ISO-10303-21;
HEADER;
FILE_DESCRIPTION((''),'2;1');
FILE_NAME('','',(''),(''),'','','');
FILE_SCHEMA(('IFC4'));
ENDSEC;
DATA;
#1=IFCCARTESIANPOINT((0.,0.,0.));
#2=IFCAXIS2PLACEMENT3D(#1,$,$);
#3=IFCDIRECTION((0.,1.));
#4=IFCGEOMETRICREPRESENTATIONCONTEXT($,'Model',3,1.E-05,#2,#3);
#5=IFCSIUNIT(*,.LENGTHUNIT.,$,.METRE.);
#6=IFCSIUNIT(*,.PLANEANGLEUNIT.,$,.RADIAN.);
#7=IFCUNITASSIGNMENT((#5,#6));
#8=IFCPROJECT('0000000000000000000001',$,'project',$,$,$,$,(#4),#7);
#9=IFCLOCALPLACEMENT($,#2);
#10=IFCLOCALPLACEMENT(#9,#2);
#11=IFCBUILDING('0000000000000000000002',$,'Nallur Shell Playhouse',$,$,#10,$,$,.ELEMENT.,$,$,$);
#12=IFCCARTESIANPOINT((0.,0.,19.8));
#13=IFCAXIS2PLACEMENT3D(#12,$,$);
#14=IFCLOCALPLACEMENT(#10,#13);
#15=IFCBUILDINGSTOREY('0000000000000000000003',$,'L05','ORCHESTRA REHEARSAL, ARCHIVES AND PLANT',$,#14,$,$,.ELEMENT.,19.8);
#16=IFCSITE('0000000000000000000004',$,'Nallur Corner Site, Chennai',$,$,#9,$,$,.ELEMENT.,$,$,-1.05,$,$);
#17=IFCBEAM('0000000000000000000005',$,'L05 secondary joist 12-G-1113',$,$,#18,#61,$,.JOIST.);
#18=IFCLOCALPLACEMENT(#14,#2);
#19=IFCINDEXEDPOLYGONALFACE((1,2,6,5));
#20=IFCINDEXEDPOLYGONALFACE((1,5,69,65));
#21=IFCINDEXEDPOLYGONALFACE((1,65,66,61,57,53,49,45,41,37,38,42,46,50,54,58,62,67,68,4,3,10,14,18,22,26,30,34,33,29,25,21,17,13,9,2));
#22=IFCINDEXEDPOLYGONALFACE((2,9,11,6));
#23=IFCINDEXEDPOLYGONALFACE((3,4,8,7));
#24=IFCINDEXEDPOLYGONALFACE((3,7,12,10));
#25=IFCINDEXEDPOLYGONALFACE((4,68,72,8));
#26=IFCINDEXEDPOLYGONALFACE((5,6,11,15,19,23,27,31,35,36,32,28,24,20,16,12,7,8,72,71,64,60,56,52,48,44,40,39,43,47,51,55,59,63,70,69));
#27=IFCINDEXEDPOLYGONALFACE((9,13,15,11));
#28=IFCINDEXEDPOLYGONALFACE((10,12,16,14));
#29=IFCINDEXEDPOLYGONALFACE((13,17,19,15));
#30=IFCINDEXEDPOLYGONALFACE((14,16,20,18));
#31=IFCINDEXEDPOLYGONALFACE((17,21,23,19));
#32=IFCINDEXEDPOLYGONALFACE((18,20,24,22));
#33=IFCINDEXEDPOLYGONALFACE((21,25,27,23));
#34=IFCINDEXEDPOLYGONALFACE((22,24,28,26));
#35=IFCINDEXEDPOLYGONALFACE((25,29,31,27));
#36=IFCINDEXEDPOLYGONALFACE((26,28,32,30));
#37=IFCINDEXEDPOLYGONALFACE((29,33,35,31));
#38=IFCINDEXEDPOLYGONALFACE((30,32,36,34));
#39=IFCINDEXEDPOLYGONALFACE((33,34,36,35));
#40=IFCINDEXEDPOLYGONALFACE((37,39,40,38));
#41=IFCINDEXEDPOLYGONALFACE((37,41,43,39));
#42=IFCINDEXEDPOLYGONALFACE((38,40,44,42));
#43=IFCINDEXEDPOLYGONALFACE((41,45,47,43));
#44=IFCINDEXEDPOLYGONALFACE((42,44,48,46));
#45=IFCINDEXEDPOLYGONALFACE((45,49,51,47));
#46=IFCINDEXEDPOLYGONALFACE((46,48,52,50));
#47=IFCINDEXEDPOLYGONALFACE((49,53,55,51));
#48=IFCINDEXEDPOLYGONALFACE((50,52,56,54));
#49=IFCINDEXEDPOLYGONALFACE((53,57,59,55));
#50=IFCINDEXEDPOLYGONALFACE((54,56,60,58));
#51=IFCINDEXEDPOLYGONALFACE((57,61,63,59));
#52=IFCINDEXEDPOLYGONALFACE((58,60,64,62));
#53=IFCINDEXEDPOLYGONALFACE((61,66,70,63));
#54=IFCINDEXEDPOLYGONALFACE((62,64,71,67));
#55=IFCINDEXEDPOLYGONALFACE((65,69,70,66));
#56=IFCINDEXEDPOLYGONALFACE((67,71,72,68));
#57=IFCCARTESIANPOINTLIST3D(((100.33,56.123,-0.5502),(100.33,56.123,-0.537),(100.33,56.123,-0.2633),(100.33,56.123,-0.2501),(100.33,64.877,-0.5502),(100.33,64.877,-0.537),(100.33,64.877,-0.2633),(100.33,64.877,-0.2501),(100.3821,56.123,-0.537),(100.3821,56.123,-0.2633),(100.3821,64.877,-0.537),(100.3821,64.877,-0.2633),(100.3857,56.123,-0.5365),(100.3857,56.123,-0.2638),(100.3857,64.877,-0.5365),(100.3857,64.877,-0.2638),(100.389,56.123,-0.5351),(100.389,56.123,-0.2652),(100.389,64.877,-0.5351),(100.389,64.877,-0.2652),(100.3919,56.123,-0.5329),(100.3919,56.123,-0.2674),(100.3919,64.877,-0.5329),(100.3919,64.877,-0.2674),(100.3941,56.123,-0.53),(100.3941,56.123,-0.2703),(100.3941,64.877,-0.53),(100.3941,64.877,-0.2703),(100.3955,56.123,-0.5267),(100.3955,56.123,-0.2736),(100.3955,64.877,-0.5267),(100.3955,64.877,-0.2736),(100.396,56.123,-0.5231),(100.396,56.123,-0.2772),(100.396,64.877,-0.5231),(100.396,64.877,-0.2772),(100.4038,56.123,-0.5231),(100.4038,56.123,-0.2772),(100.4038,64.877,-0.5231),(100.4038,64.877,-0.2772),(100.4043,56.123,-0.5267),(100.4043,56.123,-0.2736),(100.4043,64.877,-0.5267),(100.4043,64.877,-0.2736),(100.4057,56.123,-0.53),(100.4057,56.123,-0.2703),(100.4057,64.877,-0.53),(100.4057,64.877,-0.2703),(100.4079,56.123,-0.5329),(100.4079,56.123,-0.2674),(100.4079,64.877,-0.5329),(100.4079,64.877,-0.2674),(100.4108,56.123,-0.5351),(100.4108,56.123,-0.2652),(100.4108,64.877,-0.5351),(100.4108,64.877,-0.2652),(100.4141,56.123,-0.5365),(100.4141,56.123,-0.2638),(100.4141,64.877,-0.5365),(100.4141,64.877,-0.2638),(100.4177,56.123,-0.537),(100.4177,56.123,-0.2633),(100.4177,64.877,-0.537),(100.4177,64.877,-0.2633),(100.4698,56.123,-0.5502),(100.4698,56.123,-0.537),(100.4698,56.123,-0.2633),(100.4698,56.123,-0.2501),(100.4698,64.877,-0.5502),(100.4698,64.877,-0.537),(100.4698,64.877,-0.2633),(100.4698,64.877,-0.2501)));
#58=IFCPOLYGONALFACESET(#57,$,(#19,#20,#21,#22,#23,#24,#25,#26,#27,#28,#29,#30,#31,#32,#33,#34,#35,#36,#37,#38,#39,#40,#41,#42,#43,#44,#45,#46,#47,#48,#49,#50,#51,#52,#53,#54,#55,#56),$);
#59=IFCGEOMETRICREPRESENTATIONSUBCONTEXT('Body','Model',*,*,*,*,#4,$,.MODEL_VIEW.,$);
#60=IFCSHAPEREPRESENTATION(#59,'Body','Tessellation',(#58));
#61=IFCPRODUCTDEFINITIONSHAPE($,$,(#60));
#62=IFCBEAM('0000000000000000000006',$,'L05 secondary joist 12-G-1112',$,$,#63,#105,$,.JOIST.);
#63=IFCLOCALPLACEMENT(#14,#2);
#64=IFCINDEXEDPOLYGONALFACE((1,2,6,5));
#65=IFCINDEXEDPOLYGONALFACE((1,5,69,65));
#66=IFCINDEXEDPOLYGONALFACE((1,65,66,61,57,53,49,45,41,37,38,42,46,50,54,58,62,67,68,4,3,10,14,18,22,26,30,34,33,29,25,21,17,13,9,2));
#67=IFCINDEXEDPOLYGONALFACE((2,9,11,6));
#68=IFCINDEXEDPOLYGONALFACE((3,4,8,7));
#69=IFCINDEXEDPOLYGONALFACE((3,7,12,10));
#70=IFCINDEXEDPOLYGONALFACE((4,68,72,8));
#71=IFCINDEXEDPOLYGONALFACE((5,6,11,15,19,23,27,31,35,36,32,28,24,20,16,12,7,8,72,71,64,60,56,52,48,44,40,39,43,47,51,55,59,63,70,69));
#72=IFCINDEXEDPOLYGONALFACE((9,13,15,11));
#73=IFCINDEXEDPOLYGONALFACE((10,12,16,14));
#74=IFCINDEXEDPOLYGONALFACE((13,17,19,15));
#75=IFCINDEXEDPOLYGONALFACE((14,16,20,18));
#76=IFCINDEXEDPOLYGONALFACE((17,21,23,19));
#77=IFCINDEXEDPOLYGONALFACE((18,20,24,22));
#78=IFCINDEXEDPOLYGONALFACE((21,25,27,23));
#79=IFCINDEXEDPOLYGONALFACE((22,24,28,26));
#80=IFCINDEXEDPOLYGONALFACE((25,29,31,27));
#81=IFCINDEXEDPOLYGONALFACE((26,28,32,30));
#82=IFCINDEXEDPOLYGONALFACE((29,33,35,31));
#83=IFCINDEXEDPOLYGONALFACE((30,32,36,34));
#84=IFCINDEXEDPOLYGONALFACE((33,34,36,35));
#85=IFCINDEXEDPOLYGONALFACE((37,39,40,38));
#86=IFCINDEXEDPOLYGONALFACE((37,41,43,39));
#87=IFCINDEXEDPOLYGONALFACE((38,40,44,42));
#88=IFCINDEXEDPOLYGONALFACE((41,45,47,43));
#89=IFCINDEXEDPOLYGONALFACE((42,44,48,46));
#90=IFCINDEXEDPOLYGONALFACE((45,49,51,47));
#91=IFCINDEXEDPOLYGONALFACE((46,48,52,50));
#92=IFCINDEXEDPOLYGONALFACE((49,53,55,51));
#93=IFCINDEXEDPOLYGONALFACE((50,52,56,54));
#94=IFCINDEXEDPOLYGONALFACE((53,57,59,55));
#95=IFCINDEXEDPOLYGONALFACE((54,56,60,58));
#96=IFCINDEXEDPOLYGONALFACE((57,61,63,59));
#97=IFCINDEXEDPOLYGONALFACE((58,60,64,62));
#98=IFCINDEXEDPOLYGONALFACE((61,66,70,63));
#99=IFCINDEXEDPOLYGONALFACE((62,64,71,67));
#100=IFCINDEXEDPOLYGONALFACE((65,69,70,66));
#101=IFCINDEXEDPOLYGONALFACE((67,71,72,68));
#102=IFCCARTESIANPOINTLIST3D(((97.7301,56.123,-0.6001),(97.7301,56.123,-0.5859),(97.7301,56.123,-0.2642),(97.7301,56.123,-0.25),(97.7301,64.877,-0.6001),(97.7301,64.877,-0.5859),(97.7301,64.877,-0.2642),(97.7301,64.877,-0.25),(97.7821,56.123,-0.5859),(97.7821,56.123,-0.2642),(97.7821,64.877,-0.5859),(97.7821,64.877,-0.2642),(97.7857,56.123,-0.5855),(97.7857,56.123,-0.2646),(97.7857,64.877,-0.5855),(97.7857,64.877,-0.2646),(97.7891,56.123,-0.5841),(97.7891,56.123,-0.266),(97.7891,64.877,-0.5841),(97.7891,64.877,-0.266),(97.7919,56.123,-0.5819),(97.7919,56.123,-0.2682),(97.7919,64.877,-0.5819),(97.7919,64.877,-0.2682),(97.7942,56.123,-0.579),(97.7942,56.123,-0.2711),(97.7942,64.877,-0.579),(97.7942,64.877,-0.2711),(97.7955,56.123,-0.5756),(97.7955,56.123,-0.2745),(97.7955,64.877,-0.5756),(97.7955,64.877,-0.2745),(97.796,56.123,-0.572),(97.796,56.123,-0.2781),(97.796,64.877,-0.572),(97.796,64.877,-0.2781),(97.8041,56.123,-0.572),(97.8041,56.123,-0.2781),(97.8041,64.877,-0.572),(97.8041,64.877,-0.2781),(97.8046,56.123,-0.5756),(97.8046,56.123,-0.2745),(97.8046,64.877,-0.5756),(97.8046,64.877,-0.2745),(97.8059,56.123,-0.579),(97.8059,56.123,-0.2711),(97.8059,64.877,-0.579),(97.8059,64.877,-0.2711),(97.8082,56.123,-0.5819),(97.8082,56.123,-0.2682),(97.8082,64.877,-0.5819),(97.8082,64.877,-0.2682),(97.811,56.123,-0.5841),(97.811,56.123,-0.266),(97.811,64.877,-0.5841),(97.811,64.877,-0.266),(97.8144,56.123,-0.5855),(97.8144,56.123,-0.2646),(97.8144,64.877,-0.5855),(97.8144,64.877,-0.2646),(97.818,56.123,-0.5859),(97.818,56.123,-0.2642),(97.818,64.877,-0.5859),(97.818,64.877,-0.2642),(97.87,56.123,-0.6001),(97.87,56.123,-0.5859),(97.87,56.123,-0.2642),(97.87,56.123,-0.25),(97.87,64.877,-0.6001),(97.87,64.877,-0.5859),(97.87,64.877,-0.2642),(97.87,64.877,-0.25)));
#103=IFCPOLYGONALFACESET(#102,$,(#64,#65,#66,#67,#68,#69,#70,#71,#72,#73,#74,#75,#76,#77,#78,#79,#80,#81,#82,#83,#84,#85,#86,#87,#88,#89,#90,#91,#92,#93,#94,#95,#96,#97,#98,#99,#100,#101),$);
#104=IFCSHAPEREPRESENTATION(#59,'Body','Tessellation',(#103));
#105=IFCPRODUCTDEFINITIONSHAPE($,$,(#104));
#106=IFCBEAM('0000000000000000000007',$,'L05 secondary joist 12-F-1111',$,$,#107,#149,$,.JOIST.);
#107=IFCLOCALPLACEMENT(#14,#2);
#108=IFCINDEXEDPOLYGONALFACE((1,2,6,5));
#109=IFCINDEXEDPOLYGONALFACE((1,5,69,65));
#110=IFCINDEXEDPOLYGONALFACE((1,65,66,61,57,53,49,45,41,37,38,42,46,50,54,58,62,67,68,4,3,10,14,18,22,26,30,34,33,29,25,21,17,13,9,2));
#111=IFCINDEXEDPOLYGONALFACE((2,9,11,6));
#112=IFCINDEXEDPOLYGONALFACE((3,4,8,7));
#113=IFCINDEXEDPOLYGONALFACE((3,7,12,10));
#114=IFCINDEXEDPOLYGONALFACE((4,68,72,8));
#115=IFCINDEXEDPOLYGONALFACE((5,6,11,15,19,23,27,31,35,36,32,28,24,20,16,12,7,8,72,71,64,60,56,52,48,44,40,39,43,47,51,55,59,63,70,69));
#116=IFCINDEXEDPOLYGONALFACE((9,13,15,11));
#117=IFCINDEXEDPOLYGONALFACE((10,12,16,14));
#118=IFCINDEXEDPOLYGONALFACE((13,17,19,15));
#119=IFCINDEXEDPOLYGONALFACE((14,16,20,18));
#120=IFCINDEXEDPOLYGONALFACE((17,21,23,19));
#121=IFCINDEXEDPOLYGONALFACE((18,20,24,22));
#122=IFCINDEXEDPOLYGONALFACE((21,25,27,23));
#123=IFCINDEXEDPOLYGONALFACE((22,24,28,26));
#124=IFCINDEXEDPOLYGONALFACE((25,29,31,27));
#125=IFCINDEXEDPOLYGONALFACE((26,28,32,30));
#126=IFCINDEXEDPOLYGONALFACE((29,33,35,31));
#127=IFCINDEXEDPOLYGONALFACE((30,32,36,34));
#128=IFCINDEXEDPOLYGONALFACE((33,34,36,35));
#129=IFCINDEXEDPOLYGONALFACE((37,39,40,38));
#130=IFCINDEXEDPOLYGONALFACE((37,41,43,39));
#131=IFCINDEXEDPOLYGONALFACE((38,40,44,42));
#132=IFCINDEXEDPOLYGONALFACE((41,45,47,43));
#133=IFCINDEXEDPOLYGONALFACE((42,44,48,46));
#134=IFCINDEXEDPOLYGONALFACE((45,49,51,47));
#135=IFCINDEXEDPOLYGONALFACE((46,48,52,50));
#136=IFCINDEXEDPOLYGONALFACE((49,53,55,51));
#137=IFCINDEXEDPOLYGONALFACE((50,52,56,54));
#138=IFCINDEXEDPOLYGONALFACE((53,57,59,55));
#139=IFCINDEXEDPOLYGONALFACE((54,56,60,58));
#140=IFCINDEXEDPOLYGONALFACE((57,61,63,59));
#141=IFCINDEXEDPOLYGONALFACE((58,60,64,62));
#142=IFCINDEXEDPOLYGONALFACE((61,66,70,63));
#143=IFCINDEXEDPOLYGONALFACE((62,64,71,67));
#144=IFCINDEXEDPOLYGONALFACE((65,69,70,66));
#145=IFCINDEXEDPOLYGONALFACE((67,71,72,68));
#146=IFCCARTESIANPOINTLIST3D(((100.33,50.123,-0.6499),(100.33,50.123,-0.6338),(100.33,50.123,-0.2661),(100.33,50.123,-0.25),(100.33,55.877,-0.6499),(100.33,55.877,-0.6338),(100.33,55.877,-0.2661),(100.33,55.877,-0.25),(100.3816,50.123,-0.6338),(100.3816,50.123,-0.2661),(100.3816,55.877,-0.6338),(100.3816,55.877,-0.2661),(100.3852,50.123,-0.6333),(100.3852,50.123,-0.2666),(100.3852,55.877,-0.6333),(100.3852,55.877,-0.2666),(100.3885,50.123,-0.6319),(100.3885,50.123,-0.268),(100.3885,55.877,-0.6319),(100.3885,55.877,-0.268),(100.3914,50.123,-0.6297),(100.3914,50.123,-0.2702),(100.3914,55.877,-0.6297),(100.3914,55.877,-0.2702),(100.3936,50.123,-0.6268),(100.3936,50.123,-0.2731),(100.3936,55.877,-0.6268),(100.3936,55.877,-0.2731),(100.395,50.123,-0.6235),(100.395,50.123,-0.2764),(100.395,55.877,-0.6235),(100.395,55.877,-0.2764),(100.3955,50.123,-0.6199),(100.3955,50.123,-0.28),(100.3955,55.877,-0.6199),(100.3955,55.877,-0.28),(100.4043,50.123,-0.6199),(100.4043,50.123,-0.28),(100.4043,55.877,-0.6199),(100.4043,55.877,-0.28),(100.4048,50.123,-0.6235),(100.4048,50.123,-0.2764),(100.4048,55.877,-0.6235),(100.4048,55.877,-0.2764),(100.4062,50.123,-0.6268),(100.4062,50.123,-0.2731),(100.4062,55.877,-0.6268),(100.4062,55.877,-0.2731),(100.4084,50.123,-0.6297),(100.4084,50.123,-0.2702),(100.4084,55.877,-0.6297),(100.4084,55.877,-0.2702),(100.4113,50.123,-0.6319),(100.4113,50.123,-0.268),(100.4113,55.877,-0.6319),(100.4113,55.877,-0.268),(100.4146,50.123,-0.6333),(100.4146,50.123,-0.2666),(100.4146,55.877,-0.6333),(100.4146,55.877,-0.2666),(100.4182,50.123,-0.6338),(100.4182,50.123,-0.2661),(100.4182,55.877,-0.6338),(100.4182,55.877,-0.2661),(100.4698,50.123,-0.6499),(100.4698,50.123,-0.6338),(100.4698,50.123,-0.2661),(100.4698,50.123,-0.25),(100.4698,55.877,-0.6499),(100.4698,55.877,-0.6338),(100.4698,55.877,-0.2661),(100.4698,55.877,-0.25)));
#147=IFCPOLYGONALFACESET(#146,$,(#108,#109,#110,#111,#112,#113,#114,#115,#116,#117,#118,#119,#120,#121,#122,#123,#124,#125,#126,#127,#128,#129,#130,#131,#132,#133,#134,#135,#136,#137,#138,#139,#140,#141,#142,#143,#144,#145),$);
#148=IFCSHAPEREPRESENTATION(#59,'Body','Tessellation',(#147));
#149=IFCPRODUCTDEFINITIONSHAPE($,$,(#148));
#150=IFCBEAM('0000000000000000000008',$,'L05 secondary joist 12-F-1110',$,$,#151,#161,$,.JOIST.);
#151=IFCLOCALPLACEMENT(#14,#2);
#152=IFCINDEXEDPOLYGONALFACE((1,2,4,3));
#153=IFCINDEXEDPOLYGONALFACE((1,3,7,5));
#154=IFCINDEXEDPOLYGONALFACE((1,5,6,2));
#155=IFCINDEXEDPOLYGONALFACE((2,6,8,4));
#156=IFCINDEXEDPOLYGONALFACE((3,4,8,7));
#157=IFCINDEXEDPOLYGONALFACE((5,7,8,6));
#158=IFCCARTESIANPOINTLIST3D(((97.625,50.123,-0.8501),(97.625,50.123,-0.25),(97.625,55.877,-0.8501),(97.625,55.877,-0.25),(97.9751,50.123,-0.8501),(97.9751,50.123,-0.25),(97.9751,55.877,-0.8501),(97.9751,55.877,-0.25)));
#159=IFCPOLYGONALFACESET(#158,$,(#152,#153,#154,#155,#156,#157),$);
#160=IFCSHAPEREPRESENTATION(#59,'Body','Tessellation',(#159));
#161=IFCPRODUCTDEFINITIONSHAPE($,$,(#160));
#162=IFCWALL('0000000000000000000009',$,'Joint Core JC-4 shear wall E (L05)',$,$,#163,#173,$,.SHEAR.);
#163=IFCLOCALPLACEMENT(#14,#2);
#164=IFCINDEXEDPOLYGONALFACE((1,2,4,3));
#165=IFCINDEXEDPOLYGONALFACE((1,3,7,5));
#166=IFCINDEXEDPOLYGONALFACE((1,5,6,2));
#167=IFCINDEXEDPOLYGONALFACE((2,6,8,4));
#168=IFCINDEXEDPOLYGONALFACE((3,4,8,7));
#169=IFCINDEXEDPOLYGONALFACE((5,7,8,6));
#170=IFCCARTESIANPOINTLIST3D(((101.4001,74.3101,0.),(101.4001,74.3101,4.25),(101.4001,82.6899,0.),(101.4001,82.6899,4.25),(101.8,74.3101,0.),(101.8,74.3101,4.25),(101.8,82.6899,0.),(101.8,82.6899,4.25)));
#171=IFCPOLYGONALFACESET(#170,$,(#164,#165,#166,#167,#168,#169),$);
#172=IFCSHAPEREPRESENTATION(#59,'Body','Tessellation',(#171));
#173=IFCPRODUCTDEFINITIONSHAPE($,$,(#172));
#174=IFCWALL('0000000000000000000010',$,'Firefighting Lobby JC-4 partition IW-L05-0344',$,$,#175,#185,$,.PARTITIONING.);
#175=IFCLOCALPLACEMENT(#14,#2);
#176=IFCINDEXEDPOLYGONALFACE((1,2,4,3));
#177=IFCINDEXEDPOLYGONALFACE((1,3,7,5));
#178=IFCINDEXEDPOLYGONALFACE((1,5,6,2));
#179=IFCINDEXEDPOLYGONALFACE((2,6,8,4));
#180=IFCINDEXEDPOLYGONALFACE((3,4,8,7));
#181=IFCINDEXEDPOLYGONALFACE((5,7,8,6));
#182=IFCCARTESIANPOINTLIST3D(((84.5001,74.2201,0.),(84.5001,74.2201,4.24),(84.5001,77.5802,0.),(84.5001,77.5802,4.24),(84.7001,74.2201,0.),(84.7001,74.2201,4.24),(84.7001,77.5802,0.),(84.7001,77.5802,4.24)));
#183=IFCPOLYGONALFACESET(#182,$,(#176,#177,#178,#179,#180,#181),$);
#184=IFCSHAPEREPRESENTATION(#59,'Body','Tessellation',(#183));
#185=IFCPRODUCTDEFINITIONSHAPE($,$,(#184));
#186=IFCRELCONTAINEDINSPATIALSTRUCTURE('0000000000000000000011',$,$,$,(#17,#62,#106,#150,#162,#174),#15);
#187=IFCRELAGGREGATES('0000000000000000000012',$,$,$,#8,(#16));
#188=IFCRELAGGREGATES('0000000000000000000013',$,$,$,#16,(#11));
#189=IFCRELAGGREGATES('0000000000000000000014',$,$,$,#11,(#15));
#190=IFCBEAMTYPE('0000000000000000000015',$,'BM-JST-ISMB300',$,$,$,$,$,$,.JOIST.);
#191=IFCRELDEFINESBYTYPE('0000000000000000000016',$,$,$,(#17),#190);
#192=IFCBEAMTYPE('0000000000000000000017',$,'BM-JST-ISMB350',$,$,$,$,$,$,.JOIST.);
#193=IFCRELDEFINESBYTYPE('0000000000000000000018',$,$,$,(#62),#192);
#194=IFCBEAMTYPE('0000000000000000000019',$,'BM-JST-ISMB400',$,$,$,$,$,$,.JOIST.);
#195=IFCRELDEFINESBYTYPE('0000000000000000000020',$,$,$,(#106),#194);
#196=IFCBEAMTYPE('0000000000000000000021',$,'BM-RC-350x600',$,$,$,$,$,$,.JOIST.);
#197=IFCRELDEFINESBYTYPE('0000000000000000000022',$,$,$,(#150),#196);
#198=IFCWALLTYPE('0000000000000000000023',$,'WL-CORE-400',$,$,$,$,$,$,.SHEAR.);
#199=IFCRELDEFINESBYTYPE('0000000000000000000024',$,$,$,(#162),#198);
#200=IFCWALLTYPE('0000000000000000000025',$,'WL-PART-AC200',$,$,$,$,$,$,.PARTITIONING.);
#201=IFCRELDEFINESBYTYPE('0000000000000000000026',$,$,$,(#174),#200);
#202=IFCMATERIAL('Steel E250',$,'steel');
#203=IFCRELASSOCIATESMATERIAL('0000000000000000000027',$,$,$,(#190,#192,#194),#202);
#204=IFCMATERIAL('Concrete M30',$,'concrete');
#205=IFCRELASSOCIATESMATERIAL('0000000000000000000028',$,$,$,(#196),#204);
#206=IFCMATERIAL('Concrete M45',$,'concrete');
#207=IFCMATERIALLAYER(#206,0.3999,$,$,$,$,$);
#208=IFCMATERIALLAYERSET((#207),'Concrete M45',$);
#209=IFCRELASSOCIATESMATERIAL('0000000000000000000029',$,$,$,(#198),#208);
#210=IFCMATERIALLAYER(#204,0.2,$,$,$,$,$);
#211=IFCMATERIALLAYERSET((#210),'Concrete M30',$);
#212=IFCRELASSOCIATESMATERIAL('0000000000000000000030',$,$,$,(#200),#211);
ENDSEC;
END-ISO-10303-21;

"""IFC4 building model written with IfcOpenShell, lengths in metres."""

from ifc_helpers import new_model, si_unit, direction, frame, frame_2d, origin, origin_2d, place, context, subcontext, project, spatial, rectangle, i_section, extrude, material, layer, layer_set, material_profile, profile_set, type_object, element, save


model = new_model("IFC4")

# Units and contexts
model_context = context("Model", 3, precision=1e-05, world=origin(), true_north=direction((0.0, 1.0)))
body_context = subcontext(model_context, "Body", "Model", "MODEL_VIEW")
ifc_project = project(units=[si_unit("LENGTHUNIT", "METRE"), si_unit("PLANEANGLEUNIT", "RADIAN")], contexts=[model_context])

# Site, building, storey
site_placement = place(None, origin())
site = spatial("IfcSite", under=ifc_project, at=site_placement, Name="Nallur Corner Site, Chennai", CompositionType="ELEMENT", RefElevation=-1.05)
building_placement = place(site_placement, origin())
building = spatial("IfcBuilding", under=site, at=building_placement, Name="Nallur Shell Playhouse", CompositionType="ELEMENT")
storey_placement = place(building_placement, frame((0.0, 0.0, 19.8)))
storey = spatial("IfcBuildingStorey", under=building, at=storey_placement, Name="L05", Description="ORCHESTRA REHEARSAL, ARCHIVES AND PLANT", CompositionType="ELEMENT", Elevation=19.8)

# Beams
ifc_material_1 = material(Name="Steel E250", Category="steel")
ifc_material_profile_1 = material_profile(ifc_material_1, i_section(OverallWidth=0.1399, OverallDepth=0.3, WebThickness=0.0078, FlangeThickness=0.0132, FilletRadius=0.0139, at=origin_2d()), Name="ISMB 300")
ifc_profile_set_1 = profile_set([ifc_material_profile_1], Name="Steel E250")
beam_type_1 = type_object("IfcBeamType", Name="BM-JST-ISMB300", PredefinedType="JOIST", material=ifc_profile_set_1)
beam_1_placement = place(storey_placement, frame((100.3999, 56.123, -0.4001), z_axis=(0.0, 1.0, 0.0), x_axis=(-1.0, 0.0, 0.0)))
element("IfcBeam", 1, at=beam_1_placement, inside=storey, type_object=beam_type_1, Name="L05 secondary joist 12-G-1113", PredefinedType="JOIST", context=body_context, shape_type="SweptSolid", body=[
    extrude(i_section(OverallWidth=0.1399, OverallDepth=0.3, WebThickness=0.0078, FlangeThickness=0.0132, FilletRadius=0.0139, at=origin_2d()), origin(), (0.0, 0.0, 1.0), 8.7539),
])
ifc_material_profile_2 = material_profile(ifc_material_1, i_section(OverallWidth=0.1399, OverallDepth=0.3501, WebThickness=0.0081, FlangeThickness=0.0142, FilletRadius=0.0139, at=origin_2d()), Name="ISMB 350")
ifc_profile_set_2 = profile_set([ifc_material_profile_2], Name="Steel E250")
beam_type_2 = type_object("IfcBeamType", Name="BM-JST-ISMB350", PredefinedType="JOIST", material=ifc_profile_set_2)
beam_2_placement = place(storey_placement, frame((97.8, 56.123, -0.425), z_axis=(0.0, 1.0, 0.0), x_axis=(-1.0, 0.0, 0.0)))
element("IfcBeam", 2, at=beam_2_placement, inside=storey, type_object=beam_type_2, Name="L05 secondary joist 12-G-1112", PredefinedType="JOIST", context=body_context, shape_type="SweptSolid", body=[
    extrude(i_section(OverallWidth=0.1399, OverallDepth=0.3501, WebThickness=0.0081, FlangeThickness=0.0142, FilletRadius=0.0139, at=origin_2d()), origin(), (0.0, 0.0, 1.0), 8.7539),
])
ifc_material_profile_3 = material_profile(ifc_material_1, i_section(OverallWidth=0.1399, OverallDepth=0.3999, WebThickness=0.0088, FlangeThickness=0.0161, FilletRadius=0.0139, at=origin_2d()), Name="ISMB 400")
ifc_profile_set_3 = profile_set([ifc_material_profile_3], Name="Steel E250")
beam_type_3 = type_object("IfcBeamType", Name="BM-JST-ISMB400", PredefinedType="JOIST", material=ifc_profile_set_3)
beam_3_placement = place(storey_placement, frame((100.3999, 50.123, -0.45), z_axis=(0.0, 1.0, 0.0), x_axis=(-1.0, 0.0, 0.0)))
element("IfcBeam", 3, at=beam_3_placement, inside=storey, type_object=beam_type_3, Name="L05 secondary joist 12-F-1111", PredefinedType="JOIST", context=body_context, shape_type="SweptSolid", body=[
    extrude(i_section(OverallWidth=0.1399, OverallDepth=0.3999, WebThickness=0.0088, FlangeThickness=0.0161, FilletRadius=0.0139, at=origin_2d()), origin(), (0.0, 0.0, 1.0), 5.7539),
])
ifc_material_2 = material(Name="Concrete M30", Category="concrete")
ifc_material_profile_4 = material_profile(ifc_material_2, rectangle(XDim=0.3501, YDim=0.6001, at=origin_2d()), Name="RC 350x600")
ifc_profile_set_4 = profile_set([ifc_material_profile_4], Name="Concrete M30")
beam_type_4 = type_object("IfcBeamType", Name="BM-RC-350x600", PredefinedType="JOIST", material=ifc_profile_set_4)
beam_4_placement = place(storey_placement, frame((97.8, 50.123, -0.55), z_axis=(0.0, 1.0, 0.0), x_axis=(-1.0, 0.0, 0.0)))
element("IfcBeam", 4, at=beam_4_placement, inside=storey, type_object=beam_type_4, Name="L05 secondary joist 12-F-1110", PredefinedType="JOIST", context=body_context, shape_type="SweptSolid", body=[
    extrude(rectangle(XDim=0.3501, YDim=0.6001, at=origin_2d()), origin(), (0.0, 0.0, 1.0), 5.7539),
])

# Shared definitions
ifc_material_3 = material(Name="Concrete M45", Category="concrete")
ifc_layer_1 = layer(ifc_material_3, 0.3999)
ifc_layer_set_1 = layer_set([ifc_layer_1], Name="Concrete M45")
wall_type_1 = type_object("IfcWallType", Name="WL-CORE-400", PredefinedType="SHEAR", material=ifc_layer_set_1)

# Walls
wall_1_placement = place(storey_placement, frame((101.6001, 74.3101, 0.0), z_axis=(0.0, 0.0, 1.0), x_axis=(0.0, 1.0, 0.0)))
element("IfcWall", 5, at=wall_1_placement, inside=storey, type_object=wall_type_1, Name="Joint Core JC-4 shear wall E (L05)", PredefinedType="SHEAR", context=body_context, shape_type="SweptSolid", body=[
    extrude(rectangle(XDim=8.3799, YDim=0.3999, at=frame_2d((4.1899, 0.0))), origin(), (0.0, 0.0, 1.0), 4.25),
])
ifc_layer_2 = layer(ifc_material_2, 0.2)
ifc_layer_set_2 = layer_set([ifc_layer_2], Name="Concrete M30")
wall_type_2 = type_object("IfcWallType", Name="WL-PART-AC200", PredefinedType="PARTITIONING", material=ifc_layer_set_2)
wall_2_placement = place(storey_placement, frame((84.6001, 74.22, 0.0), z_axis=(0.0, 0.0, 1.0), x_axis=(0.0, 1.0, 0.0)))
element("IfcWall", 6, at=wall_2_placement, inside=storey, type_object=wall_type_2, Name="Firefighting Lobby JC-4 partition IW-L05-0344", PredefinedType="PARTITIONING", context=body_context, shape_type="SweptSolid", body=[
    extrude(rectangle(XDim=3.3601, YDim=0.2, at=frame_2d((1.6802, 0.0))), origin(), (0.0, 0.0, 1.0), 4.24),
])

save(model, "model.ifc")
